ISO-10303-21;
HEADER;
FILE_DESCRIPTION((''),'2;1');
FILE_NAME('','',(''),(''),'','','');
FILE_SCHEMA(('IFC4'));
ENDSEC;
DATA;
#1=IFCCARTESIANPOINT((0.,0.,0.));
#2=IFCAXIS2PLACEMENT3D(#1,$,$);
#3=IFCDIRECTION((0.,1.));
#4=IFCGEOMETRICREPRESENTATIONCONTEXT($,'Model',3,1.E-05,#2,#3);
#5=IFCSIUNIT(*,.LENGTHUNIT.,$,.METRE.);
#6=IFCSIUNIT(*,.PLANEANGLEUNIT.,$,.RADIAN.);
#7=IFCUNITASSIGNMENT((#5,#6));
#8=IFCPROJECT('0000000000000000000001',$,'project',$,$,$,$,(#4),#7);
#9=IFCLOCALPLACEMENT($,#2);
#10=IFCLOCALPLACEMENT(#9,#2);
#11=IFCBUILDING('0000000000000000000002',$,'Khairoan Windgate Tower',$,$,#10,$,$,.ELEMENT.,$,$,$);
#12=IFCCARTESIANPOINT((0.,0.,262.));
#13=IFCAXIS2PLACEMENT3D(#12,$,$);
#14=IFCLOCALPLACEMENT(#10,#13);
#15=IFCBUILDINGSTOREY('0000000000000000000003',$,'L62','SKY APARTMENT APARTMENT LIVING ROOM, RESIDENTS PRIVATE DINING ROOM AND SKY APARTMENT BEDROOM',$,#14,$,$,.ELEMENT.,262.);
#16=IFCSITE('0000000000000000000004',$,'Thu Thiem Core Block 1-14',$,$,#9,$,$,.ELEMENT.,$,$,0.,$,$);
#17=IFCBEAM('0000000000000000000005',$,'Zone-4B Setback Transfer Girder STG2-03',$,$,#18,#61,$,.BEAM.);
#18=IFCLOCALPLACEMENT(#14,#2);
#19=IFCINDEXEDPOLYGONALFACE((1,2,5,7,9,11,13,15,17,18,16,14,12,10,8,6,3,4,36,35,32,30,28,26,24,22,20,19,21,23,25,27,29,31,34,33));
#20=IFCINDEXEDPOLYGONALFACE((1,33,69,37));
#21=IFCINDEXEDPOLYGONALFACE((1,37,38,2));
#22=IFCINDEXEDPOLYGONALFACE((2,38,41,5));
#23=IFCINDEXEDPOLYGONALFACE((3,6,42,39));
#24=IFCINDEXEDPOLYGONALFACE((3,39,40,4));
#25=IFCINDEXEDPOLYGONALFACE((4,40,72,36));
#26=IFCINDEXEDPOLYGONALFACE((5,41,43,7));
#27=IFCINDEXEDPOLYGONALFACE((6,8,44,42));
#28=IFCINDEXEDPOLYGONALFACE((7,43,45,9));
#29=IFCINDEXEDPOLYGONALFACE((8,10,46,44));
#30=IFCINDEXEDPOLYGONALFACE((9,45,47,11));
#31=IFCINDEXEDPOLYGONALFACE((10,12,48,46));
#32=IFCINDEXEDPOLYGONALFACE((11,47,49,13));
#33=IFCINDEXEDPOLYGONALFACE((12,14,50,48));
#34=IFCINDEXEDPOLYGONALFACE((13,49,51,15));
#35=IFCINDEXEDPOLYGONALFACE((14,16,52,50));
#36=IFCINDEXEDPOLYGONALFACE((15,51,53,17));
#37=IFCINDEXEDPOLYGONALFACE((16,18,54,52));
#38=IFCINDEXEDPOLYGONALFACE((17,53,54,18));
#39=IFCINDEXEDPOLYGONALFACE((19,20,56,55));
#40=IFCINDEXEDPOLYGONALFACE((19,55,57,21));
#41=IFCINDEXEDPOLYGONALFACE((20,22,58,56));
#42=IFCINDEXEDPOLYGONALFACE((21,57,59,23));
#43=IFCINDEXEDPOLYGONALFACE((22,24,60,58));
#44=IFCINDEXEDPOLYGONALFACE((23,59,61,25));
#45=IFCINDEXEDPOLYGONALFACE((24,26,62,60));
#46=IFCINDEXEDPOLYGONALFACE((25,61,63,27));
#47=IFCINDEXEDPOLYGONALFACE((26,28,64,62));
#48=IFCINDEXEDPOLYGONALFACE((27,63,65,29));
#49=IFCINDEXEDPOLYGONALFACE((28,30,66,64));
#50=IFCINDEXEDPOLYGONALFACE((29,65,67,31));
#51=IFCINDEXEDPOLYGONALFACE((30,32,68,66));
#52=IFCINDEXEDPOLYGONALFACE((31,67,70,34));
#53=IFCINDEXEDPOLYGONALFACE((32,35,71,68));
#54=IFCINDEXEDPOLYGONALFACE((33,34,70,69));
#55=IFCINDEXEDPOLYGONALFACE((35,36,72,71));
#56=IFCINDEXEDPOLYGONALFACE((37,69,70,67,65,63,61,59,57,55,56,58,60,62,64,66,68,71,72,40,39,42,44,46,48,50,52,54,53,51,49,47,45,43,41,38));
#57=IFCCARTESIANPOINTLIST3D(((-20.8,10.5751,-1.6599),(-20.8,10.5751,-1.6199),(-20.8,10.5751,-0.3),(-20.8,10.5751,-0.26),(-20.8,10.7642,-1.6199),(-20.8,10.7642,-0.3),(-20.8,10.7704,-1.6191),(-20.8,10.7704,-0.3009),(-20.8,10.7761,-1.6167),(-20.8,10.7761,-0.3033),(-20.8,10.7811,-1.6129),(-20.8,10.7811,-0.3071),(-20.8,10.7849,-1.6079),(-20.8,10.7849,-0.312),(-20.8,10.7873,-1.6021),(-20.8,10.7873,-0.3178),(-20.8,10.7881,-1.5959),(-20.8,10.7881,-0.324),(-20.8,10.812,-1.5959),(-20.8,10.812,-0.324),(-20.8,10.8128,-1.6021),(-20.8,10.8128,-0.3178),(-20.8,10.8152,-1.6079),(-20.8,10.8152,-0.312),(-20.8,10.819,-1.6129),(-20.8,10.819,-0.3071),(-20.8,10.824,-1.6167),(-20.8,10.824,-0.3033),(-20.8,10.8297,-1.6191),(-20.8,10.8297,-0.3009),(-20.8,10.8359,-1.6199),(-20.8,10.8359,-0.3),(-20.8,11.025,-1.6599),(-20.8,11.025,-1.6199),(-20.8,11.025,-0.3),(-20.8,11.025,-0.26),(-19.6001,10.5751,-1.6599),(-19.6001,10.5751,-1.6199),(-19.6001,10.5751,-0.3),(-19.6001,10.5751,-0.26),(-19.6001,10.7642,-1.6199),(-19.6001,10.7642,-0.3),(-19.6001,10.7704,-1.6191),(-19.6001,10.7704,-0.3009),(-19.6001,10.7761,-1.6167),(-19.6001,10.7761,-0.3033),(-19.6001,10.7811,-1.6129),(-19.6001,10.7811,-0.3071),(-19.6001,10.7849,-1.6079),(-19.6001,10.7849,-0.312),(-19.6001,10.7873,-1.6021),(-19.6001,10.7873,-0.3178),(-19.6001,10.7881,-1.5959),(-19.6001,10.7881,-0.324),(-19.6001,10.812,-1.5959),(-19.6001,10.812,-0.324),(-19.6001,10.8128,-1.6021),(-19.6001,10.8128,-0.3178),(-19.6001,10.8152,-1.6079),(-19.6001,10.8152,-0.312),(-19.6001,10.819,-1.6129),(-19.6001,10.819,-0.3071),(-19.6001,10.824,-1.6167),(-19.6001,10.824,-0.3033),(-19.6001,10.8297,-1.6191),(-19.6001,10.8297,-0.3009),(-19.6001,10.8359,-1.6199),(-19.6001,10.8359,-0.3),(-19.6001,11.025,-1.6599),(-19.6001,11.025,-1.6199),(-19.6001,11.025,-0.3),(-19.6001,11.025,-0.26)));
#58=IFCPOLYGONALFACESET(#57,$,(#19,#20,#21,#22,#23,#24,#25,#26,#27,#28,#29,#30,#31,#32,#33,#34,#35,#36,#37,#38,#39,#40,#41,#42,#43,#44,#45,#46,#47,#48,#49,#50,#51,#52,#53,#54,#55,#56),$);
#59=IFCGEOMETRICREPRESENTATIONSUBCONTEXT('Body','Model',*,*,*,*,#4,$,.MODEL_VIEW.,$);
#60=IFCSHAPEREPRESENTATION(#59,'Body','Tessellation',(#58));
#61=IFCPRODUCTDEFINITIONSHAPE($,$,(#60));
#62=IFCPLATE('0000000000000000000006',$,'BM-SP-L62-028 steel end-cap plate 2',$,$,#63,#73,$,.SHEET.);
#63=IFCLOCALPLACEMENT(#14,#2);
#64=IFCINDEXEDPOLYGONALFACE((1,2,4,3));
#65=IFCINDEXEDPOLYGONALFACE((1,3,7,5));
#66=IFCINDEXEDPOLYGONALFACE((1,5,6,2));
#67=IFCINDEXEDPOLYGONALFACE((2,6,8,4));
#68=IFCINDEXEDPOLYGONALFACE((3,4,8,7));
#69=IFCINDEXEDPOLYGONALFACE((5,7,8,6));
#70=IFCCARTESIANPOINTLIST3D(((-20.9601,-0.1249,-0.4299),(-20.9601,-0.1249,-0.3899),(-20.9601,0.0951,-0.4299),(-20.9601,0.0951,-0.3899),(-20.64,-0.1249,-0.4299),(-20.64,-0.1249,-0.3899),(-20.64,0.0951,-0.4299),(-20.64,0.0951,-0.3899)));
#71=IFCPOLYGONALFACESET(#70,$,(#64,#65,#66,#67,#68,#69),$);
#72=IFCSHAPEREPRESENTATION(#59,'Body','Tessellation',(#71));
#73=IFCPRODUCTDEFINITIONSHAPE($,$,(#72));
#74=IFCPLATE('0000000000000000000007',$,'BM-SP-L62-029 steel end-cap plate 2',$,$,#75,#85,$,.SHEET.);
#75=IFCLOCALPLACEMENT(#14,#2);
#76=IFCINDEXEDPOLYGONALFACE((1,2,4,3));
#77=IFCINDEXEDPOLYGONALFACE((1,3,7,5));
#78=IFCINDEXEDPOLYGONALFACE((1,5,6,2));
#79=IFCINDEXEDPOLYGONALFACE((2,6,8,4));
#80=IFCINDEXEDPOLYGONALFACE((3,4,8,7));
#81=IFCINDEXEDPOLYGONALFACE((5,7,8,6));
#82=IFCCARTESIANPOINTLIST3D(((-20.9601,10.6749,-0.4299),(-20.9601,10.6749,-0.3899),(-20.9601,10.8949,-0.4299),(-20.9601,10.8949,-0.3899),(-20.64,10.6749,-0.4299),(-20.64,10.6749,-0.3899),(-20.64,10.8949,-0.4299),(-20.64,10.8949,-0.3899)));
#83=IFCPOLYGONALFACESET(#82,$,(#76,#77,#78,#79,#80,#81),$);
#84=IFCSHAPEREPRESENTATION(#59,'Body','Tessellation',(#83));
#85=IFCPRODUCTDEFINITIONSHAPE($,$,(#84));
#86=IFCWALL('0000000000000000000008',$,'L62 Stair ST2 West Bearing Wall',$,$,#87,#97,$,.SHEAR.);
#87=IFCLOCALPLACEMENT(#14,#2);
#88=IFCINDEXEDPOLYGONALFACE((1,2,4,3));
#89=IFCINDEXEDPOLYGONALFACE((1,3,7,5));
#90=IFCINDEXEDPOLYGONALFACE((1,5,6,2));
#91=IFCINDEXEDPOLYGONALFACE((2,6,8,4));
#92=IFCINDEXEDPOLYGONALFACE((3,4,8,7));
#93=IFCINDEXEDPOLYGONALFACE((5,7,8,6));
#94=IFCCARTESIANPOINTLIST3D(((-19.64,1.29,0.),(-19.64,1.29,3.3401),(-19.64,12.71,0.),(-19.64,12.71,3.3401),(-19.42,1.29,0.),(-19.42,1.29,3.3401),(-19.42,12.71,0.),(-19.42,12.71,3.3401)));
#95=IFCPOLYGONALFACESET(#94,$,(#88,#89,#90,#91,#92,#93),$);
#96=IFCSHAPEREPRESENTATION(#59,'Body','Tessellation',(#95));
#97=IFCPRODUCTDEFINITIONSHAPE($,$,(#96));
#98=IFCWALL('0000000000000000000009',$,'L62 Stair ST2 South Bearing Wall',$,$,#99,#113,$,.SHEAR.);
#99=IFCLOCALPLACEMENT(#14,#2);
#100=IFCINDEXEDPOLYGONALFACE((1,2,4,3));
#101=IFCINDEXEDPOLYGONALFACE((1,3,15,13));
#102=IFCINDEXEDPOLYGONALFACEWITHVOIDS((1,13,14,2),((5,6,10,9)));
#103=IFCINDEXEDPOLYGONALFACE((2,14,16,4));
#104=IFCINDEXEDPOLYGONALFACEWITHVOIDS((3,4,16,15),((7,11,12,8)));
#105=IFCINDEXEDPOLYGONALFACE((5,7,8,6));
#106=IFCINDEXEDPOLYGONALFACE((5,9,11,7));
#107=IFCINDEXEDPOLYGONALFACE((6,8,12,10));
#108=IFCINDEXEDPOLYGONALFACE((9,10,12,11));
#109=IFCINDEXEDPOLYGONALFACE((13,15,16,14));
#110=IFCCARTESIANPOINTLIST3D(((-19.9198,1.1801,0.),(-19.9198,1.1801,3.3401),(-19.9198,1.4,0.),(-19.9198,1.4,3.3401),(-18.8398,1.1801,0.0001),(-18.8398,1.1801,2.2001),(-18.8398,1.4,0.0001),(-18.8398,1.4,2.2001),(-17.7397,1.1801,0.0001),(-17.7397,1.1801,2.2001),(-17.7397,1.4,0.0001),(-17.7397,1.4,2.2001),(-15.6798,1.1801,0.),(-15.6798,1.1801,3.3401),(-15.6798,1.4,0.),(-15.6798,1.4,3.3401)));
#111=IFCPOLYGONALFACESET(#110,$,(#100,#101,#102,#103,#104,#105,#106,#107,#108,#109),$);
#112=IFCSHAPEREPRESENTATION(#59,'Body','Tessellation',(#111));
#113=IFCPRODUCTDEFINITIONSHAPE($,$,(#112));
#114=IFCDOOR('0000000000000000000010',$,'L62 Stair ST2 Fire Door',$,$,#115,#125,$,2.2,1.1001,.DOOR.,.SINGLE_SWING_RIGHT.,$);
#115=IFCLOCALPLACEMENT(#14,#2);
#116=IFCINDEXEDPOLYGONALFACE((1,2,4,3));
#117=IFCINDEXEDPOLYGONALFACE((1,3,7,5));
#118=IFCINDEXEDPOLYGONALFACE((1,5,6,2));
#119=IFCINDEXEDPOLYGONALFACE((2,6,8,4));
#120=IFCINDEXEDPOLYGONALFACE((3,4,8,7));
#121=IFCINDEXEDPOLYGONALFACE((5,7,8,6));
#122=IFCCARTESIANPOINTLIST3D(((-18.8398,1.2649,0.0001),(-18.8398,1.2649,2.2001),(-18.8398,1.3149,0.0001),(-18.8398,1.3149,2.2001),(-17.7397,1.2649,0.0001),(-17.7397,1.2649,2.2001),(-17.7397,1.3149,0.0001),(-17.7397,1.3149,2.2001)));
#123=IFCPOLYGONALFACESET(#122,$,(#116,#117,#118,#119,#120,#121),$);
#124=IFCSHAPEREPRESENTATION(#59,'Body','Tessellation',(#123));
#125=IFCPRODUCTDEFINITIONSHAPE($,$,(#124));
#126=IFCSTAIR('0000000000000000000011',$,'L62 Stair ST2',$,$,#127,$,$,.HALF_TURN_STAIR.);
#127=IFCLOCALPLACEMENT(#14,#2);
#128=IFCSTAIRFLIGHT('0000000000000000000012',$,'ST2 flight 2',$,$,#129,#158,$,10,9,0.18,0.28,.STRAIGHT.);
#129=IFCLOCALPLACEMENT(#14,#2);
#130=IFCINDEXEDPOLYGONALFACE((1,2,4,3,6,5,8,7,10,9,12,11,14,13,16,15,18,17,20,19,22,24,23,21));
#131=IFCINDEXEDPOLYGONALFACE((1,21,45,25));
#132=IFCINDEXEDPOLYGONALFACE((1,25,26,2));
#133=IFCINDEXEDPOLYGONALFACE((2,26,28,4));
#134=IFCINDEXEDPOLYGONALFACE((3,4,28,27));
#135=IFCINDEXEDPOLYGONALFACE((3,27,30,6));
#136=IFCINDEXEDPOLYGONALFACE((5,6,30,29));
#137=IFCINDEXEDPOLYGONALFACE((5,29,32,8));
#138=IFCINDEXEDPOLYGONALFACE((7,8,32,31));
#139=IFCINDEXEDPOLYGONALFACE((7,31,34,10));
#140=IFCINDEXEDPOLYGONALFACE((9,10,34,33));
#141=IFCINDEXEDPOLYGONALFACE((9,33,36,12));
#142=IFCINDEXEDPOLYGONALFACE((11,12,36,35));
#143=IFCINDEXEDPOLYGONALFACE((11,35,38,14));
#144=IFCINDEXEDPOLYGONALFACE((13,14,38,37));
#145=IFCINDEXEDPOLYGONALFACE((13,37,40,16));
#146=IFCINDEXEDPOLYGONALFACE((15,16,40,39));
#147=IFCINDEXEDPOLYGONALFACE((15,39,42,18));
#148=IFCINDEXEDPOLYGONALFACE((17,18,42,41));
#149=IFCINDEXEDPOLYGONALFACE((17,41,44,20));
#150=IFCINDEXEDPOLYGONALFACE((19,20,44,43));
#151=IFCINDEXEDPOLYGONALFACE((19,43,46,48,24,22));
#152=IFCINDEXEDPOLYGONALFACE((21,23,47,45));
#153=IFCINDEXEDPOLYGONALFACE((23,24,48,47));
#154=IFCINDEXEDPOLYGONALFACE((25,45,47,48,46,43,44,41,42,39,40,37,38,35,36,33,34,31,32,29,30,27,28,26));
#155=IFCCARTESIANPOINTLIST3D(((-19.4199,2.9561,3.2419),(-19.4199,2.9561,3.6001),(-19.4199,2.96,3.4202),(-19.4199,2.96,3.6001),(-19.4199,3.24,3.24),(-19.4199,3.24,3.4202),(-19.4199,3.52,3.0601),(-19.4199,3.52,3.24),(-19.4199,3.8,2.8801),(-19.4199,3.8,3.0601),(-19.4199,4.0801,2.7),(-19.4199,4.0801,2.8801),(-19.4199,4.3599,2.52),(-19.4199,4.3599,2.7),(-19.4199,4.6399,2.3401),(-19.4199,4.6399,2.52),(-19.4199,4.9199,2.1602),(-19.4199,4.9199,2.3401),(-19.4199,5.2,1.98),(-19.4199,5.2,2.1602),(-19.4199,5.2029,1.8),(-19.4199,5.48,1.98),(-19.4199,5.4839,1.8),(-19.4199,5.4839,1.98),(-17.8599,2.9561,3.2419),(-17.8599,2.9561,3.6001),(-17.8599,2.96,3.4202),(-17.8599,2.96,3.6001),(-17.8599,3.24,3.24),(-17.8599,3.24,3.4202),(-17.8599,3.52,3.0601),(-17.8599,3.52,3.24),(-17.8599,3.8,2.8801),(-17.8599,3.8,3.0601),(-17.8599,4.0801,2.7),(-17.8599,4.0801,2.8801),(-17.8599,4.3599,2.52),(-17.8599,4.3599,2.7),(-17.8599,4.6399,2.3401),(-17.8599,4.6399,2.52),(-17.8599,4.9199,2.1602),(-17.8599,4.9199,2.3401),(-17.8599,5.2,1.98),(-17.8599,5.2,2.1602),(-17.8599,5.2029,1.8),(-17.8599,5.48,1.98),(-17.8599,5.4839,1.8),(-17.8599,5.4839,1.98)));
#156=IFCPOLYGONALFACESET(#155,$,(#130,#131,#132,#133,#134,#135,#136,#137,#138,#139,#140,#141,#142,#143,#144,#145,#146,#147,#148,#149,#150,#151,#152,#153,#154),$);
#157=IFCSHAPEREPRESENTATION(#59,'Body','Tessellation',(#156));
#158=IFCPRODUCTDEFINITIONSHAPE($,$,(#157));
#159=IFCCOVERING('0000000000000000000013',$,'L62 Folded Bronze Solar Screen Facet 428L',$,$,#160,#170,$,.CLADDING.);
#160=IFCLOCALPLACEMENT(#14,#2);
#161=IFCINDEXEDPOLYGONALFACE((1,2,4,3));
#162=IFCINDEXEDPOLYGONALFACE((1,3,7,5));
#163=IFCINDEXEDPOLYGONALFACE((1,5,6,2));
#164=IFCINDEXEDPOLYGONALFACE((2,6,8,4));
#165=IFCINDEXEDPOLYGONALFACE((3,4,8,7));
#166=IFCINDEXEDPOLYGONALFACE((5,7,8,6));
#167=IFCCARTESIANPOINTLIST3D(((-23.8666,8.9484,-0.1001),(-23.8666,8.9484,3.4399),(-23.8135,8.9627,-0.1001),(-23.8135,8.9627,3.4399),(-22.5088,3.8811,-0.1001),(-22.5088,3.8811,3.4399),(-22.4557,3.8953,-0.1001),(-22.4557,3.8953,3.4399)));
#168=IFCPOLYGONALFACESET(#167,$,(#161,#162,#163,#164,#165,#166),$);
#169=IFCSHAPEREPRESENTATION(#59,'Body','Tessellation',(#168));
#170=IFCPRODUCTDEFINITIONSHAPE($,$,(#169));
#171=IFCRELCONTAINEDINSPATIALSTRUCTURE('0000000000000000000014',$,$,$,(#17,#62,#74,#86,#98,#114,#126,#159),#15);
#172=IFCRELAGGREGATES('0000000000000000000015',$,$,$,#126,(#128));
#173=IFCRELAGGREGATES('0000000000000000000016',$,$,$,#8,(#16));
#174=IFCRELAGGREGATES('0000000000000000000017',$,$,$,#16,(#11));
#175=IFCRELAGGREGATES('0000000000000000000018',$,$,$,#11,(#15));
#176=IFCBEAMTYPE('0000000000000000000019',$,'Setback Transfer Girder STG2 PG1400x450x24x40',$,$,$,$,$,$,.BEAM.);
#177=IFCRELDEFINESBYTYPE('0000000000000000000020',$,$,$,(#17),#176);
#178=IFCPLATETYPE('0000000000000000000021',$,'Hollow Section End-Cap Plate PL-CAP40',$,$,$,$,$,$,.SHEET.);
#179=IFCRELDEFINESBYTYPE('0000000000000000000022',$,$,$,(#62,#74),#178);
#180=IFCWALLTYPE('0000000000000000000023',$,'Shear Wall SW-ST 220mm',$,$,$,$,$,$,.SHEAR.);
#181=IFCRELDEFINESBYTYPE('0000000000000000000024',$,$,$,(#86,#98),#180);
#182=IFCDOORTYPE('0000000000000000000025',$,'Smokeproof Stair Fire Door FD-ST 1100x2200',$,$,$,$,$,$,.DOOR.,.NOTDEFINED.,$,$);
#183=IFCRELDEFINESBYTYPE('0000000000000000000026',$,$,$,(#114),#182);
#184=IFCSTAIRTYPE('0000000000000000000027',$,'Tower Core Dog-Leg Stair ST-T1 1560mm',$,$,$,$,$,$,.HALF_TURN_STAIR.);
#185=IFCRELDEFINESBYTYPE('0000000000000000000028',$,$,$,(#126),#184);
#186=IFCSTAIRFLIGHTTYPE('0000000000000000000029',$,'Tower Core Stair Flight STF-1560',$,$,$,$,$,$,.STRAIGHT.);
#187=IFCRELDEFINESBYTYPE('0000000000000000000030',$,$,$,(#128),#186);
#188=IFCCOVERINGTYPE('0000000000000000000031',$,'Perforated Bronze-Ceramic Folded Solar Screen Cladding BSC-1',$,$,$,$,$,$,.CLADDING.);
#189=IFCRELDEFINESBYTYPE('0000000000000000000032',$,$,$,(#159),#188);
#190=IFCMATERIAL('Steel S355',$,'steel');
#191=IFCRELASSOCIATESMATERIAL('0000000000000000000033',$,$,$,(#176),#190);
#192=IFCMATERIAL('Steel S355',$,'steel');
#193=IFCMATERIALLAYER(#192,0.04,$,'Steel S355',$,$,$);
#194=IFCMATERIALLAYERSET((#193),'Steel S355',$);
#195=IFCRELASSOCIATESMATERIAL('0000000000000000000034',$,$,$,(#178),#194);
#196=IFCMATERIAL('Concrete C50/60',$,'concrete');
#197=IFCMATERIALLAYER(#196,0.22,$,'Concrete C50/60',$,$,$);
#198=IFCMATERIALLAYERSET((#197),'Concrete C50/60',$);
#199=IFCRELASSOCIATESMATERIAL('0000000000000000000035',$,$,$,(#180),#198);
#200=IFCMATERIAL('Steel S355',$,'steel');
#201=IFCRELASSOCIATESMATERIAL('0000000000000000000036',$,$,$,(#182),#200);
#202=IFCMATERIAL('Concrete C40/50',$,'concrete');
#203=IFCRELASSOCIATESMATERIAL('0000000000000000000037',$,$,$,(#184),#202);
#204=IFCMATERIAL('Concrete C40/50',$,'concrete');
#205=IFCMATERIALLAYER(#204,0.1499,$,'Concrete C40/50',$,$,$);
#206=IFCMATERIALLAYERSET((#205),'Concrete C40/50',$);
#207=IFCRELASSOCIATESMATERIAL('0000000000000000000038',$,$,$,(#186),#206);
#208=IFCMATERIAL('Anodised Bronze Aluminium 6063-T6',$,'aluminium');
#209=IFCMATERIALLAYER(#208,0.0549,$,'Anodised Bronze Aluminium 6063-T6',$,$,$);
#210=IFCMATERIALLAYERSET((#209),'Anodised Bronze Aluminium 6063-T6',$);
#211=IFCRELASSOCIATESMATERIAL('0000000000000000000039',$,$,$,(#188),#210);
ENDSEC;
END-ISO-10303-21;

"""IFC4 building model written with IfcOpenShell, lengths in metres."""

from ifc_helpers import new_model, si_unit, direction, frame, frame_2d, origin, origin_2d, place, context, subcontext, project, spatial, polyline, rectangle, i_section, outline, extrude, material, layer, layer_set, material_profile, profile_set, type_object, element, fill, aggregate, save


model = new_model("IFC4")

# Units and contexts
model_context = context("Model", 3, precision=1e-05, world=origin(), true_north=direction((0.0, 1.0)))
body_context = subcontext(model_context, "Body", "Model", "MODEL_VIEW")
ifc_project = project(units=[si_unit("LENGTHUNIT", "METRE"), si_unit("PLANEANGLEUNIT", "RADIAN")], contexts=[model_context])

# Site, building, storey
site_placement = place(None, origin())
site = spatial("IfcSite", under=ifc_project, at=site_placement, Name="Thu Thiem Core Block 1-14", CompositionType="ELEMENT", RefElevation=0.0)
building_placement = place(site_placement, origin())
building = spatial("IfcBuilding", under=site, at=building_placement, Name="Khairoan Windgate Tower", CompositionType="ELEMENT")
storey_placement = place(building_placement, frame((0.0, 0.0, 262.0)))
storey = spatial("IfcBuildingStorey", under=building, at=storey_placement, Name="L62", Description="SKY APARTMENT APARTMENT LIVING ROOM, RESIDENTS PRIVATE DINING ROOM AND SKY APARTMENT BEDROOM", CompositionType="ELEMENT", Elevation=262.0)

# Beam
ifc_material_1 = material(Name="Steel S355", Category="steel")
ifc_material_profile_1 = material_profile(ifc_material_1, i_section(OverallWidth=0.45, OverallDepth=1.3999, WebThickness=0.0239, FlangeThickness=0.04, FilletRadius=0.0239, at=origin_2d()))
ifc_profile_set_1 = profile_set([ifc_material_profile_1], Name="Steel S355")
beam_type_1 = type_object("IfcBeamType", Name="Setback Transfer Girder STG2 PG1400x450x24x40", PredefinedType="BEAM", material=ifc_profile_set_1)
for number, where, z_axis, x_axis, name in (
    (1, (-20.8, 10.8, -0.96), (1.0, 0.0, 0.0), (0.0, 1.0, 0.0), "Zone-4B Setback Transfer Girder STG2-03"),
):
    element("IfcBeam", number, at=place(storey_placement, frame(where, z_axis=z_axis, x_axis=x_axis)), inside=storey, type_object=beam_type_1, Name=name, PredefinedType="BEAM", context=body_context, shape_type="SweptSolid", body=[
        extrude(i_section(OverallWidth=0.45, OverallDepth=1.3999, WebThickness=0.0239, FlangeThickness=0.04, FilletRadius=0.0239, at=origin_2d()), origin(), (0.0, 0.0, 1.0), 1.2),
    ])

# Plates
ifc_material_2 = material(Name="Steel S355", Category="steel")
ifc_layer_1 = layer(ifc_material_2, 0.04, Name="Steel S355")
ifc_layer_set_1 = layer_set([ifc_layer_1], Name="Steel S355")
plate_type = type_object("IfcPlateType", Name="Hollow Section End-Cap Plate PL-CAP40", PredefinedType="SHEET", material=ifc_layer_set_1)
for number, where, z_axis, x_axis, name in (
    (2, (-20.8, -0.0149, -0.4299), (0.0, 0.0, 1.0), (0.0, 1.0, 0.0), "BM-SP-L62-028 steel end-cap plate 2"),
    (3, (-20.8, 10.7849, -0.4299), (0.0, 0.0, 1.0), (0.0, 1.0, 0.0), "BM-SP-L62-029 steel end-cap plate 2"),
):
    element("IfcPlate", number, at=place(storey_placement, frame(where, z_axis=z_axis, x_axis=x_axis)), inside=storey, type_object=plate_type, Name=name, PredefinedType="SHEET", context=body_context, shape_type="SweptSolid", body=[
        extrude(rectangle(XDim=0.22, YDim=0.3201, at=origin_2d()), origin(), (0.0, 0.0, 1.0), 0.04),
    ])

# Wall
ifc_material_3 = material(Name="Concrete C50/60", Category="concrete")
ifc_layer_2 = layer(ifc_material_3, 0.22, Name="Concrete C50/60")
ifc_layer_set_2 = layer_set([ifc_layer_2], Name="Concrete C50/60")
wall_type = type_object("IfcWallType", Name="Shear Wall SW-ST 220mm", PredefinedType="SHEAR", material=ifc_layer_set_2)
wall_1_placement = place(storey_placement, frame((-19.53, 1.29, 0.0), z_axis=(0.0, 0.0, 1.0), x_axis=(0.0, 1.0, 0.0)))
element("IfcWall", 4, at=wall_1_placement, inside=storey, type_object=wall_type, Name="L62 Stair ST2 West Bearing Wall", PredefinedType="SHEAR", context=body_context, shape_type="SweptSolid", body=[
    extrude(rectangle(XDim=11.4199, YDim=0.22, at=frame_2d((5.71, 0.0))), origin(), (0.0, 0.0, 1.0), 3.3401),
])

# Wall, opening, door
wall_2_placement = place(storey_placement, frame((-19.9199, 1.29, 0.0), z_axis=(0.0, 0.0, 1.0), x_axis=(1.0, 0.0, 0.0)))
wall_2 = element("IfcWall", 5, at=wall_2_placement, inside=storey, type_object=wall_type, Name="L62 Stair ST2 South Bearing Wall", PredefinedType="SHEAR", context=body_context, shape_type="SweptSolid", body=[
    extrude(rectangle(XDim=4.24, YDim=0.22, at=frame_2d((2.1201, 0.0))), origin(), (0.0, 0.0, 1.0), 3.3401),
])
opening_placement = place(wall_2_placement, frame((1.0801, 0.0, 0.0)))
opening = element("IfcOpeningElement", 6, at=opening_placement, cuts=wall_2, PredefinedType="OPENING", context=body_context, shape_type="SweptSolid", body=[
    extrude(rectangle(XDim=1.1001, YDim=2.2, at=frame_2d((0.55, 1.1001))), frame((0.0, 0.1199, 0.0), z_axis=(0.0, -1.0, 0.0), x_axis=(1.0, 0.0, 0.0)), (0.0, 0.0, 1.0), 0.24),
])
ifc_material_4 = material(Name="Steel S355", Category="steel")
door_type = type_object("IfcDoorType", Name="Smokeproof Stair Fire Door FD-ST 1100x2200", OperationType="NOTDEFINED", PredefinedType="DOOR", material=ifc_material_4)
door_placement = place(opening_placement, origin())
door = element("IfcDoor", 7, at=door_placement, inside=storey, type_object=door_type, Name="L62 Stair ST2 Fire Door", OperationType="SINGLE_SWING_RIGHT", OverallHeight=2.2, OverallWidth=1.1001, PredefinedType="DOOR", context=body_context, shape_type="SweptSolid", body=[
    extrude(rectangle(XDim=1.1001, YDim=2.2, at=frame_2d((0.55, 1.1001))), frame((0.0, 0.0249, 0.0), z_axis=(0.0, -1.0, 0.0), x_axis=(1.0, 0.0, 0.0)), (0.0, 0.0, 1.0), 0.05),
])
fill(opening, door)

# Stair, stair flight
ifc_material_5 = material(Name="Concrete C40/50", Category="concrete")
stair_type = type_object("IfcStairType", Name="Tower Core Dog-Leg Stair ST-T1 1560mm", PredefinedType="HALF_TURN_STAIR", material=ifc_material_5)
stair_placement = place(storey_placement, origin())
stair = element("IfcStair", 8, at=stair_placement, inside=storey, type_object=stair_type, Name="L62 Stair ST2", PredefinedType="HALF_TURN_STAIR")
ifc_material_6 = material(Name="Concrete C40/50", Category="concrete")
ifc_layer_3 = layer(ifc_material_6, 0.1499, Name="Concrete C40/50")
ifc_layer_set_3 = layer_set([ifc_layer_3], Name="Concrete C40/50")
stair_flight_type = type_object("IfcStairFlightType", Name="Tower Core Stair Flight STF-1560", PredefinedType="STRAIGHT", material=ifc_layer_set_3)
stair_flight_placement = place(storey_placement, frame((-18.6399, 5.48, 1.8), z_axis=(0.0, 0.0, 1.0), x_axis=(0.0, -1.0, 0.0)))
stair_flight = element("IfcStairFlight", 9, at=stair_flight_placement, type_object=stair_flight_type, Name="ST2 flight 2", NumberOfRisers=10, NumberOfTreads=9, PredefinedType="STRAIGHT", RiserHeight=0.18, TreadLength=0.28, context=body_context, shape_type="SweptSolid", body=[
    extrude(outline(polyline([(-0.0039, 0.0), (-0.0039, 0.1799), (0.0, 0.1799), (0.28, 0.1799), (0.28, 0.3601), (0.5601, 0.3601), (0.5601, 0.54), (0.8401, 0.54), (0.8401, 0.72), (1.1201, 0.72), (1.1201, 0.8999), (1.3999, 0.8999), (1.3999, 1.0801), (1.6799, 1.0801), (1.6799, 1.26), (1.96, 1.26), (1.96, 1.4399), (2.24, 1.4399), (2.24, 1.6201), (2.52, 1.6201), (2.52, 1.8), (2.5239, 1.8), (2.5239, 1.4419), (0.2771, 0.0), (-0.0039, 0.0)])), frame((0.0, 0.78, 0.0), z_axis=(0.0, -1.0, 0.0), x_axis=(1.0, 0.0, 0.0)), (0.0, 0.0, 1.0), 1.5601),
])
aggregate(stair, [stair_flight])

# Covering
ifc_material_7 = material(Name="Anodised Bronze Aluminium 6063-T6", Category="aluminium")
ifc_layer_4 = layer(ifc_material_7, 0.0549, Name="Anodised Bronze Aluminium 6063-T6")
ifc_layer_set_4 = layer_set([ifc_layer_4], Name="Anodised Bronze Aluminium 6063-T6")
covering_type = type_object("IfcCoveringType", Name="Perforated Bronze-Ceramic Folded Solar Screen Cladding BSC-1", PredefinedType="CLADDING", material=ifc_layer_set_4)
covering_placement = place(storey_placement, frame((-23.1611, 6.4219, -0.1001), z_axis=(0.0, 0.0, 1.0), x_axis=(-0.258819, 0.965926, 0.0)))
element("IfcCovering", 10, at=covering_placement, inside=storey, type_object=covering_type, Name="L62 Folded Bronze Solar Screen Facet 428L", PredefinedType="CLADDING", context=body_context, shape_type="SweptSolid", body=[
    extrude(rectangle(XDim=5.2461, YDim=0.0549, at=origin_2d()), origin(), (0.0, 0.0, 1.0), 3.54),
])

save(model, "model.ifc")
